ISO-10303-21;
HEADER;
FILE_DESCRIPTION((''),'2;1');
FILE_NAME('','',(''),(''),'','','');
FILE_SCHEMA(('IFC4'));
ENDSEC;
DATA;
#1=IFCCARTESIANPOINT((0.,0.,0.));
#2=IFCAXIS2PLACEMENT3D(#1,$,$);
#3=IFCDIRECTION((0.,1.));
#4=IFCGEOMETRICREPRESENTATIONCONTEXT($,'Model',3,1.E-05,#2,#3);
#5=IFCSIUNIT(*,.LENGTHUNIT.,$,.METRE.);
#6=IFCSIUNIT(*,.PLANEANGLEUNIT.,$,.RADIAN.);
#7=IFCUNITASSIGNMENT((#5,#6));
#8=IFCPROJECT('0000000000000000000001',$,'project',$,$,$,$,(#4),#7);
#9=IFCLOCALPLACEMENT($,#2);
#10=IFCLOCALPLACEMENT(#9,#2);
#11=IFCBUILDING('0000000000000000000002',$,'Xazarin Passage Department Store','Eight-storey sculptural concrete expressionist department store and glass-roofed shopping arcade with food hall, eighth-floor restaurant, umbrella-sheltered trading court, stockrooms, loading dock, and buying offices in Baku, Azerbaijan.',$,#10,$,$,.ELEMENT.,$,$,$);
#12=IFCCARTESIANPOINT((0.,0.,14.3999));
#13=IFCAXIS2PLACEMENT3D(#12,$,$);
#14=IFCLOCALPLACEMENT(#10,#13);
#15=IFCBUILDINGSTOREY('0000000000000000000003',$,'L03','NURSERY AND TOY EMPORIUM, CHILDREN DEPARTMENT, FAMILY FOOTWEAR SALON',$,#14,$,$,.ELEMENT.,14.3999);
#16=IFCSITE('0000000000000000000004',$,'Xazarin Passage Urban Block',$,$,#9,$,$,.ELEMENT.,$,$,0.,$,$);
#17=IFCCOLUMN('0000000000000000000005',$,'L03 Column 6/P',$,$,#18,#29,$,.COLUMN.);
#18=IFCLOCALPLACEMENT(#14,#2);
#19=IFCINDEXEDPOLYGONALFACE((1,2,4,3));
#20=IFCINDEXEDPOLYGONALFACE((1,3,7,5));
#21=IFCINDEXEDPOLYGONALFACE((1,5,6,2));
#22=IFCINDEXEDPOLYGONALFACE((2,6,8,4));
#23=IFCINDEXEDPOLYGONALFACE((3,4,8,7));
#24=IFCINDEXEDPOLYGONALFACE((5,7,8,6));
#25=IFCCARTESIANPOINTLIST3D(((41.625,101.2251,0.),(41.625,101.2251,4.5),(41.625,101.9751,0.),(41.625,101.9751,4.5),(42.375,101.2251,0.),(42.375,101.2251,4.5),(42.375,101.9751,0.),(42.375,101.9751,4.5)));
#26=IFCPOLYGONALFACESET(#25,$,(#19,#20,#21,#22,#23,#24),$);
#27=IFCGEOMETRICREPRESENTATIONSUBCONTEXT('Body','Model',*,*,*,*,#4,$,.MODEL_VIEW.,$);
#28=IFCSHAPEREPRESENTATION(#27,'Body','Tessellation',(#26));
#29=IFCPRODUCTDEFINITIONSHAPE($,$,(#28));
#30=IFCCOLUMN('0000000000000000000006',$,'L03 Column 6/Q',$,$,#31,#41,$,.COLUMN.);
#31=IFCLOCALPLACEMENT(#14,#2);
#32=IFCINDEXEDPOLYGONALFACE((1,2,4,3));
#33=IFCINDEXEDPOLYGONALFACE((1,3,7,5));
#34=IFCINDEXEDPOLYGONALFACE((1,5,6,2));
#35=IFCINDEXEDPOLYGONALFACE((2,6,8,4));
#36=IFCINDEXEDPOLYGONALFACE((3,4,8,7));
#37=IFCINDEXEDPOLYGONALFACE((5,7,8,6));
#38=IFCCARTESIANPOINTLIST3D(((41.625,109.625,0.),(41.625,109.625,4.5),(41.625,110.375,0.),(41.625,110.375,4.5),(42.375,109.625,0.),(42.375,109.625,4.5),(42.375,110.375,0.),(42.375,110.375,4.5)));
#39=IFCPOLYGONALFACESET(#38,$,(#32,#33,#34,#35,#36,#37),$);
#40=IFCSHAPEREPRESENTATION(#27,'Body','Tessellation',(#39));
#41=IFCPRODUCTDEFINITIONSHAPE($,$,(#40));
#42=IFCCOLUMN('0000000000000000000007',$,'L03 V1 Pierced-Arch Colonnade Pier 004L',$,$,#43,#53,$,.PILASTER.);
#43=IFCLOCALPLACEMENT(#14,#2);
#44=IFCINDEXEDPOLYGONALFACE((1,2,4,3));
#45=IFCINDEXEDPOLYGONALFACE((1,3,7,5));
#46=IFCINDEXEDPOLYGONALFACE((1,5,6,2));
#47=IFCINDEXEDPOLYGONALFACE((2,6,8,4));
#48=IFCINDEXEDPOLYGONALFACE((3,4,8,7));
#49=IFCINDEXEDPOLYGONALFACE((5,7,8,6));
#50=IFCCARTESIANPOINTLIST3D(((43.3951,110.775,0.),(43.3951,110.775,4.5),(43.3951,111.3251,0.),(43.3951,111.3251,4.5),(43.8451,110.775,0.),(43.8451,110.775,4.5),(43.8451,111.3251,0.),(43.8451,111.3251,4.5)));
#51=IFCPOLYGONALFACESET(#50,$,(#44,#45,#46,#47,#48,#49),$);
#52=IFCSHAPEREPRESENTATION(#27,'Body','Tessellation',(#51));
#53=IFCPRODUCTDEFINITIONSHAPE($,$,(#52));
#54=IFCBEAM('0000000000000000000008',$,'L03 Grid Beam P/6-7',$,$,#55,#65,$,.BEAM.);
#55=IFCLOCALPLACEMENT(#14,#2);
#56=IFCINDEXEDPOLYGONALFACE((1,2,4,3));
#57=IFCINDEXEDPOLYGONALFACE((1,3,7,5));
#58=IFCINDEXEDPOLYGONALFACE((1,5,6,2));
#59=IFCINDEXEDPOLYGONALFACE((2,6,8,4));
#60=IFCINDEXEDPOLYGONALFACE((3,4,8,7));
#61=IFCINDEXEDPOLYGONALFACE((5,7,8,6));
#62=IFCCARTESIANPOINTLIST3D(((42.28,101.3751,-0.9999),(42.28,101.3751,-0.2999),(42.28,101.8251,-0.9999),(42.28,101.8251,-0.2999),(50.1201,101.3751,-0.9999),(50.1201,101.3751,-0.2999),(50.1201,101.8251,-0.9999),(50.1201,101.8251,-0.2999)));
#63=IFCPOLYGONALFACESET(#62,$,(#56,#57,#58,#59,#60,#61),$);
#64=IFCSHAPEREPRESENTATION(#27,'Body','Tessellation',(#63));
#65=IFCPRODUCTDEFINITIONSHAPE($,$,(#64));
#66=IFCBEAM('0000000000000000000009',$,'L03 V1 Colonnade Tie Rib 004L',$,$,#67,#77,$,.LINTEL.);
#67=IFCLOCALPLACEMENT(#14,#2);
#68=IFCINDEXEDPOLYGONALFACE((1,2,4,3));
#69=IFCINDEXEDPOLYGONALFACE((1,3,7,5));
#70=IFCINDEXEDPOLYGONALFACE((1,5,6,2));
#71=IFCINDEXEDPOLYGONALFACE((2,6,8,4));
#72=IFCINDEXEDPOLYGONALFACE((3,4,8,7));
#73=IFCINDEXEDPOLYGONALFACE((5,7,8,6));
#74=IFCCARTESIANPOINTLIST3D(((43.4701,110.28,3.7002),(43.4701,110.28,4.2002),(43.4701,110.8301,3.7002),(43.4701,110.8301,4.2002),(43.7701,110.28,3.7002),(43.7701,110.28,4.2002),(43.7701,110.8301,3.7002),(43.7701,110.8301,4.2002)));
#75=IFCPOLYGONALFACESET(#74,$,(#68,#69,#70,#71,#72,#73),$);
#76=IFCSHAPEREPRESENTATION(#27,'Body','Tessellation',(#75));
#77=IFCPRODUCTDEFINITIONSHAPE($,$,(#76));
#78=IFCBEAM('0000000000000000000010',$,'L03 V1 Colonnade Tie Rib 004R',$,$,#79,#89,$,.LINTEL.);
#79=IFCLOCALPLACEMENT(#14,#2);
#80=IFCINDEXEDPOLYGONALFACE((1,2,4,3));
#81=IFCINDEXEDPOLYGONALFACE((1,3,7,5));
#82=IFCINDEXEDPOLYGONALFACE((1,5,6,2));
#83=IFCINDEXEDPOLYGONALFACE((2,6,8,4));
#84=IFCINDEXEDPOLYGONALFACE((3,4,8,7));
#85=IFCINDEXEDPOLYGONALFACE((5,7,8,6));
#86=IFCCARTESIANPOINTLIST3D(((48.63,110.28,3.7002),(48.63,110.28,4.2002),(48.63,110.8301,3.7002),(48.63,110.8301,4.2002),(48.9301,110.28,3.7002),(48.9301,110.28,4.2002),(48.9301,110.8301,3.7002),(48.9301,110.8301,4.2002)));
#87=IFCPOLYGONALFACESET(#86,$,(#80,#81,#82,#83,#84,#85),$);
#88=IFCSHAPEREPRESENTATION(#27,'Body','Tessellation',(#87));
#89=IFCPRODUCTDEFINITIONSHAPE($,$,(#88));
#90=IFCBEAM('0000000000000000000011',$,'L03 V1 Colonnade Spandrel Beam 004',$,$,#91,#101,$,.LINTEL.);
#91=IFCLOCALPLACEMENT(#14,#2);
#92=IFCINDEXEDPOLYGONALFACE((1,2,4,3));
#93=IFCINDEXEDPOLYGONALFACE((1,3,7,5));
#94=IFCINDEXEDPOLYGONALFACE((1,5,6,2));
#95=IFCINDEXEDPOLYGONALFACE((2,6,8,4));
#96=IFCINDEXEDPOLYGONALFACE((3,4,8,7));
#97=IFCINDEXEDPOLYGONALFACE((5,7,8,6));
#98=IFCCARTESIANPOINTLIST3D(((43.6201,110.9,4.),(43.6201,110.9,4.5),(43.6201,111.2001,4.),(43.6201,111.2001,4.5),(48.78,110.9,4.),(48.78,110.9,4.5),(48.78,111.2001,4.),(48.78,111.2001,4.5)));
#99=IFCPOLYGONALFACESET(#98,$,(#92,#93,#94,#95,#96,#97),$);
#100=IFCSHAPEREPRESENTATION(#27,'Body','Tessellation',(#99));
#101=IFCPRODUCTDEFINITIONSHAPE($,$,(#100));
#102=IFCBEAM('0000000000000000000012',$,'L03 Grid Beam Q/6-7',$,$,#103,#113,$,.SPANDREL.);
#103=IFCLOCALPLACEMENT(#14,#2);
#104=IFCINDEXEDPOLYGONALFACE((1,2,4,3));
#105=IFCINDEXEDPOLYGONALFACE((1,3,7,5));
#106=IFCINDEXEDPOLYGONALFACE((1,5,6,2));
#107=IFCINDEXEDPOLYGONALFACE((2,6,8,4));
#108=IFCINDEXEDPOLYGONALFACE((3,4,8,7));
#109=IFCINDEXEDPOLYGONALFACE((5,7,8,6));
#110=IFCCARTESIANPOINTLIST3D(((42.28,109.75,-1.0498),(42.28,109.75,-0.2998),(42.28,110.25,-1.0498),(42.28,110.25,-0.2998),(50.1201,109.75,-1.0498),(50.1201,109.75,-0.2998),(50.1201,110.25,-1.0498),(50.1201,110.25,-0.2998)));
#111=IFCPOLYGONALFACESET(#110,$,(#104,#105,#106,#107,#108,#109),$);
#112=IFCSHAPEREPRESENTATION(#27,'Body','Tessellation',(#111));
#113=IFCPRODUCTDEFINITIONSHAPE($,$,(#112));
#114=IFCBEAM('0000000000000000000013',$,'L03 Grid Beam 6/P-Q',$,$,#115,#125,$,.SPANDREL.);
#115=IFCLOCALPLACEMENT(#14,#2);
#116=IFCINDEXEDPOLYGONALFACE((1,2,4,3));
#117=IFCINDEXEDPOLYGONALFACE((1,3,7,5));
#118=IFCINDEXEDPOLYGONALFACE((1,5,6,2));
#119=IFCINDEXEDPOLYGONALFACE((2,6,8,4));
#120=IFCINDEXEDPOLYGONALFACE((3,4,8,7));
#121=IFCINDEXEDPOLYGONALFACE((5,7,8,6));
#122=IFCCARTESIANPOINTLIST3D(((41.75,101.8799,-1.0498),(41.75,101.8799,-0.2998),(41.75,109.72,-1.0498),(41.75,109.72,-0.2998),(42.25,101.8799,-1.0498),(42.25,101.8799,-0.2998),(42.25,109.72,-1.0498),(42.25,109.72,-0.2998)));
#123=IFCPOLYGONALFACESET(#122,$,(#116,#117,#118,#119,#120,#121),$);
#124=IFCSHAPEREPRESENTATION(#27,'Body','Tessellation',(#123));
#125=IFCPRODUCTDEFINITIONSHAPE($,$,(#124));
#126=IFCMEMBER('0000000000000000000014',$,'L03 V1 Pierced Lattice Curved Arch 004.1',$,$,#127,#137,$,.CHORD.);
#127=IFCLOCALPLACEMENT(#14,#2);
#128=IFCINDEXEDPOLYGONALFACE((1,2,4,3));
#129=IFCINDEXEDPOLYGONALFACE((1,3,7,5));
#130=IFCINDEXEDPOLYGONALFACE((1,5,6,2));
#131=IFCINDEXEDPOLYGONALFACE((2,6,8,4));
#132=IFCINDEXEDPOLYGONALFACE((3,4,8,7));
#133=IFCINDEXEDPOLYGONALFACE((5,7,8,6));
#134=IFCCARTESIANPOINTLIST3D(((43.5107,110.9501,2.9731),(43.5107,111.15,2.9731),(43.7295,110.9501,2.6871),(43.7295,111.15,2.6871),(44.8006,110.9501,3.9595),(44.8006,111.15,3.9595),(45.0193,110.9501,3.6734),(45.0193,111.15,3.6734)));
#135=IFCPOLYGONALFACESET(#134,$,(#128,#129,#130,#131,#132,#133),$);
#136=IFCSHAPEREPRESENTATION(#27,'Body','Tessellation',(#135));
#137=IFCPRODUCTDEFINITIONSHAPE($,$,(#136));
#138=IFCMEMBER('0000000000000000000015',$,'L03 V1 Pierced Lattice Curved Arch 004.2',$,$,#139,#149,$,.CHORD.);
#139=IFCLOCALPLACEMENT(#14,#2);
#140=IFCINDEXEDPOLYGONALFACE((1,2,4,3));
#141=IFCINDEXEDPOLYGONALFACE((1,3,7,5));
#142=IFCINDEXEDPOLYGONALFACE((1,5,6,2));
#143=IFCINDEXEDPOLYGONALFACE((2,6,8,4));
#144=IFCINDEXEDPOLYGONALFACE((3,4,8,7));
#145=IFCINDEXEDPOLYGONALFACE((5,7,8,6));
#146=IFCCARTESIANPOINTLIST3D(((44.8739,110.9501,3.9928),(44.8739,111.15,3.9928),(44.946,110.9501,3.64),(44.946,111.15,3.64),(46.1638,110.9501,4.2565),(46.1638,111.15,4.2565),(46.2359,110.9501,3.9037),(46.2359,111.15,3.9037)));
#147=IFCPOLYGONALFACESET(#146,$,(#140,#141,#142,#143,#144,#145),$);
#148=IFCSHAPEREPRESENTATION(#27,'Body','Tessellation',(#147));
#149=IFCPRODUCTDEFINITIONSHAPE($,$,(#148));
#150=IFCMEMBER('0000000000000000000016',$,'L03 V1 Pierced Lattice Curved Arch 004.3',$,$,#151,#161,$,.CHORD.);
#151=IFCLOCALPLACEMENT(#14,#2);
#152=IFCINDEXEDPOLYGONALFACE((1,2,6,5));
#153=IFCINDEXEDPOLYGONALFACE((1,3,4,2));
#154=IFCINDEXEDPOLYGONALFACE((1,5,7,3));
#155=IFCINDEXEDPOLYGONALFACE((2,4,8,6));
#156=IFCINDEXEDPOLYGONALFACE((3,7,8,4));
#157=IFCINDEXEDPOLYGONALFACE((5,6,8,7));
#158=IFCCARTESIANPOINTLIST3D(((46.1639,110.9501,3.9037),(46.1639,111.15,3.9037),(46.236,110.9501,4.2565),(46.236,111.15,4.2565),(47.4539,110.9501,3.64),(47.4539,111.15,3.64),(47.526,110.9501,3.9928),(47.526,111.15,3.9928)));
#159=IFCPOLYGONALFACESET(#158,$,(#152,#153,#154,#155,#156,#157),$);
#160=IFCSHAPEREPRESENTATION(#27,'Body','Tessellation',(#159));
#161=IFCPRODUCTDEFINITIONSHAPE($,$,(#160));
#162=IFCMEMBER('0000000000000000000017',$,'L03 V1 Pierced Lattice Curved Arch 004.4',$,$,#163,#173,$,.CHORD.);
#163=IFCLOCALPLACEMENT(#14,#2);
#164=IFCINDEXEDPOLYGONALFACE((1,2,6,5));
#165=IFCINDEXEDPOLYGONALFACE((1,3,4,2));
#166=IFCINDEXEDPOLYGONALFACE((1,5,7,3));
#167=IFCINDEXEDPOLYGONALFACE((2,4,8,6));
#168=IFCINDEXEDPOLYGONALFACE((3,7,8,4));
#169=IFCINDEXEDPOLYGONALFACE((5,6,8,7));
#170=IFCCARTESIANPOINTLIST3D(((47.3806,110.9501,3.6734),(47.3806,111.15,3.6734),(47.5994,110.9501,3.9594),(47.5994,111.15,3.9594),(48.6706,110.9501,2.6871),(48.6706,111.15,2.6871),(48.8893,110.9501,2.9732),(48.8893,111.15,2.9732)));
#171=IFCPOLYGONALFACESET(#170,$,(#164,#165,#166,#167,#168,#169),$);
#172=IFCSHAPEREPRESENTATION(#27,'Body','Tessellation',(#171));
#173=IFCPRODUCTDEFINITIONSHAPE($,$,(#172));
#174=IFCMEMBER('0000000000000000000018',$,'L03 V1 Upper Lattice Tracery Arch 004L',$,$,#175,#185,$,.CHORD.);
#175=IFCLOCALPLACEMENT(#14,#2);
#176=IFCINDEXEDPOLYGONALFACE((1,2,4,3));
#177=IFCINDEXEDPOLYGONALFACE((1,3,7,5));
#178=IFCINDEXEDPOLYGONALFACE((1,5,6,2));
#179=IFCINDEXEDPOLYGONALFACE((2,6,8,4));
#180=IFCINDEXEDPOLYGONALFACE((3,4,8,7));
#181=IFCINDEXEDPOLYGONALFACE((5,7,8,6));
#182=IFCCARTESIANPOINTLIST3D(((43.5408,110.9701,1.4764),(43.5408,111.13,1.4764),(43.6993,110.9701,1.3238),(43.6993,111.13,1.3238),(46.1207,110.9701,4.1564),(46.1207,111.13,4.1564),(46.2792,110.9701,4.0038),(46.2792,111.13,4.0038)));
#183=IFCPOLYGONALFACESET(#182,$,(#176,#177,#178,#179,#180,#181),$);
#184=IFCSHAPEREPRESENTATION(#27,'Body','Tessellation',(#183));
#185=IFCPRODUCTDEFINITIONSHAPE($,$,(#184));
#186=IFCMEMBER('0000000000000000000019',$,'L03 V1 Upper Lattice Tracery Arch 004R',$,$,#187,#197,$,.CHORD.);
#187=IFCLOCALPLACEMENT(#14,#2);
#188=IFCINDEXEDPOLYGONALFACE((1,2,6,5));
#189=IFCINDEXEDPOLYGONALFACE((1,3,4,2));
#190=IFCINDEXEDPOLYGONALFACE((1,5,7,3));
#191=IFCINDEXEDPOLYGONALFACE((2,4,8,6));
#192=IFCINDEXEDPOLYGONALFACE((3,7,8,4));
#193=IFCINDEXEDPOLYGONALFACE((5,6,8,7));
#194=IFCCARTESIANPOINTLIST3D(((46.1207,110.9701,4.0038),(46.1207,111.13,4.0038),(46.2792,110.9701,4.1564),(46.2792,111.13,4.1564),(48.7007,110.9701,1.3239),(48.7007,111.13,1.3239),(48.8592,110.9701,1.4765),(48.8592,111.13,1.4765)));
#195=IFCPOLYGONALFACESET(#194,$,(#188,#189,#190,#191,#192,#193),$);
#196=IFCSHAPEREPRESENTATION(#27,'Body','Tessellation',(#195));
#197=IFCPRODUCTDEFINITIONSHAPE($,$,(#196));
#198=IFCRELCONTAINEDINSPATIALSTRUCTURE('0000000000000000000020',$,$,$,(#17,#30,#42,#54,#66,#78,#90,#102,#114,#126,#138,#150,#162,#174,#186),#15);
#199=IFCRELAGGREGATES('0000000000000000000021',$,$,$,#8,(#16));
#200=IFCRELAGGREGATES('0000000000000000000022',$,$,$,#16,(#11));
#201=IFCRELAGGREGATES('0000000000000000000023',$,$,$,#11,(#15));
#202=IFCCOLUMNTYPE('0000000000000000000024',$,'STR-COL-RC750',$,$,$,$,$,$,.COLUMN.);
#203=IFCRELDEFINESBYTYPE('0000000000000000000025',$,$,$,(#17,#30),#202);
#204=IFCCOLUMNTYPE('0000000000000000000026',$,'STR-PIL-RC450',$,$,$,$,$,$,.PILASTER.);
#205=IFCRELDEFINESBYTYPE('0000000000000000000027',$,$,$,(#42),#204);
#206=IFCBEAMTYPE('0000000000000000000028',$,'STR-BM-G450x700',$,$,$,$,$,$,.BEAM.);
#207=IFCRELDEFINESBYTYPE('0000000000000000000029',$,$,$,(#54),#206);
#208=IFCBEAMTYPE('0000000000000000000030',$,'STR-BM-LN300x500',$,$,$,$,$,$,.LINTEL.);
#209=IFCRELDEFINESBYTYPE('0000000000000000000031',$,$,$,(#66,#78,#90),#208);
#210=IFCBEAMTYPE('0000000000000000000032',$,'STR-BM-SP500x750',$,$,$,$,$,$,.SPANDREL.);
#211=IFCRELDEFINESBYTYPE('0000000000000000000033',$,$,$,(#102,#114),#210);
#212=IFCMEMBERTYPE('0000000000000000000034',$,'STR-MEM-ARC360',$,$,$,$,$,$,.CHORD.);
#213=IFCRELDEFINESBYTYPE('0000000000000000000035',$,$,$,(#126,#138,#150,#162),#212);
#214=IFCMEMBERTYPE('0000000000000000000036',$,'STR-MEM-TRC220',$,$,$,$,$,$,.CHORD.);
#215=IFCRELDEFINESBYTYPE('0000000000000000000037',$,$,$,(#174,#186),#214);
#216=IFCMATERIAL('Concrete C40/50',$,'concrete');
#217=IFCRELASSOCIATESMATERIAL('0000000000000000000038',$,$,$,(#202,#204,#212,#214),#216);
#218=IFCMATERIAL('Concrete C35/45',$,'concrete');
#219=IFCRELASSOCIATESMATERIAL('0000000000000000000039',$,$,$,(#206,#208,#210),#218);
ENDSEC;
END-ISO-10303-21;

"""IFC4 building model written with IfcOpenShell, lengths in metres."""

from ifc_helpers import new_model, si_unit, direction, frame, origin, origin_2d, place, context, subcontext, project, spatial, rectangle, extrude, material, material_profile, profile_set, type_object, element, save


model = new_model("IFC4")

# Units and contexts
model_context = context("Model", 3, precision=1e-05, world=origin(), true_north=direction((0.0, 1.0)))
body_context = subcontext(model_context, "Body", "Model", "MODEL_VIEW")
ifc_project = project(units=[si_unit("LENGTHUNIT", "METRE"), si_unit("PLANEANGLEUNIT", "RADIAN")], contexts=[model_context])

# Site, building, storey
site_placement = place(None, origin())
site = spatial("IfcSite", under=ifc_project, at=site_placement, Name="Xazarin Passage Urban Block", CompositionType="ELEMENT", RefElevation=0.0)
building_placement = place(site_placement, origin())
building = spatial("IfcBuilding", under=site, at=building_placement, Name="Xazarin Passage Department Store", Description="Eight-storey sculptural concrete expressionist department store and glass-roofed shopping arcade with food hall, eighth-floor restaurant, umbrella-sheltered trading court, stockrooms, loading dock, and buying offices in Baku, Azerbaijan.", CompositionType="ELEMENT")
storey_placement = place(building_placement, frame((0.0, 0.0, 14.3999)))
storey = spatial("IfcBuildingStorey", under=building, at=storey_placement, Name="L03", Description="NURSERY AND TOY EMPORIUM, CHILDREN DEPARTMENT, FAMILY FOOTWEAR SALON", CompositionType="ELEMENT", Elevation=14.3999)

# Columns
ifc_material_1 = material(Name="Concrete C40/50", Category="concrete")
ifc_material_profile_1 = material_profile(ifc_material_1, rectangle(XDim=0.75, YDim=0.75, at=origin_2d()), Name="RC 750x750")
ifc_profile_set_1 = profile_set([ifc_material_profile_1], Name="Concrete C40/50")
column_type_1 = type_object("IfcColumnType", Name="STR-COL-RC750", PredefinedType="COLUMN", material=ifc_profile_set_1)
for number, where, z_axis, x_axis, name in (
    (1, (42.0, 101.6001, 0.0), (0.0, 0.0, 1.0), (1.0, 0.0, 0.0), "L03 Column 6/P"),
    (2, (42.0, 110.0, 0.0), (0.0, 0.0, 1.0), (1.0, 0.0, 0.0), "L03 Column 6/Q"),
):
    element("IfcColumn", number, at=place(storey_placement, frame(where, z_axis=z_axis, x_axis=x_axis)), inside=storey, type_object=column_type_1, Name=name, PredefinedType="COLUMN", context=body_context, shape_type="SweptSolid", body=[
        extrude(rectangle(XDim=0.75, YDim=0.75, at=origin_2d()), origin(), (0.0, 0.0, 1.0), 4.5),
    ])
ifc_material_profile_2 = material_profile(ifc_material_1, rectangle(XDim=0.45, YDim=0.55, at=origin_2d()), Name="RC 450x550")
ifc_profile_set_2 = profile_set([ifc_material_profile_2], Name="Concrete C40/50")
column_type_2 = type_object("IfcColumnType", Name="STR-PIL-RC450", PredefinedType="PILASTER", material=ifc_profile_set_2)
column_placement = place(storey_placement, frame((43.6201, 111.05, 0.0), z_axis=(0.0, 0.0, 1.0), x_axis=(1.0, 0.0, 0.0)))
element("IfcColumn", 3, at=column_placement, inside=storey, type_object=column_type_2, Name="L03 V1 Pierced-Arch Colonnade Pier 004L", PredefinedType="PILASTER", context=body_context, shape_type="SweptSolid", body=[
    extrude(rectangle(XDim=0.45, YDim=0.55, at=origin_2d()), origin(), (0.0, 0.0, 1.0), 4.5),
])

# Beams
ifc_material_2 = material(Name="Concrete C35/45", Category="concrete")
ifc_material_profile_3 = material_profile(ifc_material_2, rectangle(XDim=0.45, YDim=0.7, at=origin_2d()), Name="RC 450x700")
ifc_profile_set_3 = profile_set([ifc_material_profile_3], Name="Concrete C35/45")
beam_type_1 = type_object("IfcBeamType", Name="STR-BM-G450x700", PredefinedType="BEAM", material=ifc_profile_set_3)
beam_1_placement = place(storey_placement, frame((42.28, 101.6001, -0.6499), z_axis=(1.0, 0.0, 0.0), x_axis=(0.0, 1.0, 0.0)))
element("IfcBeam", 4, at=beam_1_placement, inside=storey, type_object=beam_type_1, Name="L03 Grid Beam P/6-7", PredefinedType="BEAM", context=body_context, shape_type="SweptSolid", body=[
    extrude(rectangle(XDim=0.45, YDim=0.7, at=origin_2d()), origin(), (0.0, 0.0, 1.0), 7.8401),
])
ifc_material_profile_4 = material_profile(ifc_material_2, rectangle(XDim=0.3, YDim=0.5, at=origin_2d()), Name="RC 300x500")
ifc_profile_set_4 = profile_set([ifc_material_profile_4], Name="Concrete C35/45")
beam_type_2 = type_object("IfcBeamType", Name="STR-BM-LN300x500", PredefinedType="LINTEL", material=ifc_profile_set_4)
for number, where, z_axis, x_axis, name in (
    (5, (43.6201, 110.28, 3.9502), (0.0, 1.0, 0.0), (-1.0, 0.0, 0.0), "L03 V1 Colonnade Tie Rib 004L"),
    (6, (48.78, 110.28, 3.9502), (0.0, 1.0, 0.0), (-1.0, 0.0, 0.0), "L03 V1 Colonnade Tie Rib 004R"),
):
    element("IfcBeam", number, at=place(storey_placement, frame(where, z_axis=z_axis, x_axis=x_axis)), inside=storey, type_object=beam_type_2, Name=name, PredefinedType="LINTEL", context=body_context, shape_type="SweptSolid", body=[
        extrude(rectangle(XDim=0.3, YDim=0.5, at=origin_2d()), origin(), (0.0, 0.0, 1.0), 0.55),
    ])
beam_2_placement = place(storey_placement, frame((43.6201, 111.05, 4.25), z_axis=(1.0, 0.0, 0.0), x_axis=(0.0, 1.0, 0.0)))
element("IfcBeam", 7, at=beam_2_placement, inside=storey, type_object=beam_type_2, Name="L03 V1 Colonnade Spandrel Beam 004", PredefinedType="LINTEL", context=body_context, shape_type="SweptSolid", body=[
    extrude(rectangle(XDim=0.3, YDim=0.5, at=origin_2d()), origin(), (0.0, 0.0, 1.0), 5.1599),
])
ifc_material_profile_5 = material_profile(ifc_material_2, rectangle(XDim=0.5, YDim=0.75, at=origin_2d()), Name="RC 500x750")
ifc_profile_set_5 = profile_set([ifc_material_profile_5], Name="Concrete C35/45")
beam_type_3 = type_object("IfcBeamType", Name="STR-BM-SP500x750", PredefinedType="SPANDREL", material=ifc_profile_set_5)
for number, where, z_axis, x_axis, name in (
    (8, (42.28, 110.0, -0.6748), (1.0, 0.0, 0.0), (0.0, 1.0, 0.0), "L03 Grid Beam Q/6-7"),
    (9, (42.0, 101.8799, -0.6748), (0.0, 1.0, 0.0), (-1.0, 0.0, 0.0), "L03 Grid Beam 6/P-Q"),
):
    element("IfcBeam", number, at=place(storey_placement, frame(where, z_axis=z_axis, x_axis=x_axis)), inside=storey, type_object=beam_type_3, Name=name, PredefinedType="SPANDREL", context=body_context, shape_type="SweptSolid", body=[
        extrude(rectangle(XDim=0.5, YDim=0.75, at=origin_2d()), origin(), (0.0, 0.0, 1.0), 7.8401),
    ])

# Members
ifc_material_profile_6 = material_profile(ifc_material_1, rectangle(XDim=0.2, YDim=0.3601, at=origin_2d()), Name="RC 200x360")
ifc_profile_set_6 = profile_set([ifc_material_profile_6], Name="Concrete C40/50")
member_type_1 = type_object("IfcMemberType", Name="STR-MEM-ARC360", PredefinedType="CHORD", material=ifc_profile_set_6)
member_1_placement = place(storey_placement, frame((43.6201, 111.05, 2.8301), z_axis=(0.794354, 0.0, 0.607456), x_axis=(0.0, 1.0, 0.0)))
element("IfcMember", 10, at=member_1_placement, inside=storey, type_object=member_type_1, Name="L03 V1 Pierced Lattice Curved Arch 004.1", PredefinedType="CHORD", context=body_context, shape_type="SweptSolid", body=[
    extrude(rectangle(XDim=0.2, YDim=0.3601, at=origin_2d()), origin(), (0.0, 0.0, 1.0), 1.6238),
])
for number, where, z_axis, x_axis, name in (
    (11, (44.9099, 111.05, 3.8164), (0.979745, 0.0, 0.200251), (0.0, 1.0, 0.0), "L03 V1 Pierced Lattice Curved Arch 004.2"),
    (12, (46.2, 111.05, 4.0801), (0.979745, 0.0, -0.200251), (0.0, 1.0, 0.0), "L03 V1 Pierced Lattice Curved Arch 004.3"),
):
    element("IfcMember", number, at=place(storey_placement, frame(where, z_axis=z_axis, x_axis=x_axis)), inside=storey, type_object=member_type_1, Name=name, PredefinedType="CHORD", context=body_context, shape_type="SweptSolid", body=[
        extrude(rectangle(XDim=0.2, YDim=0.3601, at=origin_2d()), origin(), (0.0, 0.0, 1.0), 1.3167),
    ])
member_2_placement = place(storey_placement, frame((47.49, 111.05, 3.8164), z_axis=(0.794409, 0.0, -0.607383), x_axis=(0.0, 1.0, 0.0)))
element("IfcMember", 13, at=member_2_placement, inside=storey, type_object=member_type_1, Name="L03 V1 Pierced Lattice Curved Arch 004.4", PredefinedType="CHORD", context=body_context, shape_type="SweptSolid", body=[
    extrude(rectangle(XDim=0.2, YDim=0.3601, at=origin_2d()), origin(), (0.0, 0.0, 1.0), 1.6238),
])
ifc_material_profile_7 = material_profile(ifc_material_1, rectangle(XDim=0.1599, YDim=0.22, at=origin_2d()), Name="RC 160x220")
ifc_profile_set_7 = profile_set([ifc_material_profile_7], Name="Concrete C40/50")
member_type_2 = type_object("IfcMemberType", Name="STR-MEM-TRC220", PredefinedType="CHORD", material=ifc_profile_set_7)
for number, where, z_axis, x_axis, name in (
    (14, (46.2, 111.05, 4.0801), (-0.693524, 0.0, -0.720433), (0.0, -1.0, 0.0), "L03 V1 Upper Lattice Tracery Arch 004L"),
    (15, (46.2, 111.05, 4.0801), (0.693558, 0.0, -0.7204), (0.0, 1.0, 0.0), "L03 V1 Upper Lattice Tracery Arch 004R"),
):
    element("IfcMember", number, at=place(storey_placement, frame(where, z_axis=z_axis, x_axis=x_axis)), inside=storey, type_object=member_type_2, Name=name, PredefinedType="CHORD", context=body_context, shape_type="SweptSolid", body=[
        extrude(rectangle(XDim=0.1599, YDim=0.22, at=origin_2d()), origin(), (0.0, 0.0, 1.0), 3.72),
    ])

save(model, "model.ifc")
